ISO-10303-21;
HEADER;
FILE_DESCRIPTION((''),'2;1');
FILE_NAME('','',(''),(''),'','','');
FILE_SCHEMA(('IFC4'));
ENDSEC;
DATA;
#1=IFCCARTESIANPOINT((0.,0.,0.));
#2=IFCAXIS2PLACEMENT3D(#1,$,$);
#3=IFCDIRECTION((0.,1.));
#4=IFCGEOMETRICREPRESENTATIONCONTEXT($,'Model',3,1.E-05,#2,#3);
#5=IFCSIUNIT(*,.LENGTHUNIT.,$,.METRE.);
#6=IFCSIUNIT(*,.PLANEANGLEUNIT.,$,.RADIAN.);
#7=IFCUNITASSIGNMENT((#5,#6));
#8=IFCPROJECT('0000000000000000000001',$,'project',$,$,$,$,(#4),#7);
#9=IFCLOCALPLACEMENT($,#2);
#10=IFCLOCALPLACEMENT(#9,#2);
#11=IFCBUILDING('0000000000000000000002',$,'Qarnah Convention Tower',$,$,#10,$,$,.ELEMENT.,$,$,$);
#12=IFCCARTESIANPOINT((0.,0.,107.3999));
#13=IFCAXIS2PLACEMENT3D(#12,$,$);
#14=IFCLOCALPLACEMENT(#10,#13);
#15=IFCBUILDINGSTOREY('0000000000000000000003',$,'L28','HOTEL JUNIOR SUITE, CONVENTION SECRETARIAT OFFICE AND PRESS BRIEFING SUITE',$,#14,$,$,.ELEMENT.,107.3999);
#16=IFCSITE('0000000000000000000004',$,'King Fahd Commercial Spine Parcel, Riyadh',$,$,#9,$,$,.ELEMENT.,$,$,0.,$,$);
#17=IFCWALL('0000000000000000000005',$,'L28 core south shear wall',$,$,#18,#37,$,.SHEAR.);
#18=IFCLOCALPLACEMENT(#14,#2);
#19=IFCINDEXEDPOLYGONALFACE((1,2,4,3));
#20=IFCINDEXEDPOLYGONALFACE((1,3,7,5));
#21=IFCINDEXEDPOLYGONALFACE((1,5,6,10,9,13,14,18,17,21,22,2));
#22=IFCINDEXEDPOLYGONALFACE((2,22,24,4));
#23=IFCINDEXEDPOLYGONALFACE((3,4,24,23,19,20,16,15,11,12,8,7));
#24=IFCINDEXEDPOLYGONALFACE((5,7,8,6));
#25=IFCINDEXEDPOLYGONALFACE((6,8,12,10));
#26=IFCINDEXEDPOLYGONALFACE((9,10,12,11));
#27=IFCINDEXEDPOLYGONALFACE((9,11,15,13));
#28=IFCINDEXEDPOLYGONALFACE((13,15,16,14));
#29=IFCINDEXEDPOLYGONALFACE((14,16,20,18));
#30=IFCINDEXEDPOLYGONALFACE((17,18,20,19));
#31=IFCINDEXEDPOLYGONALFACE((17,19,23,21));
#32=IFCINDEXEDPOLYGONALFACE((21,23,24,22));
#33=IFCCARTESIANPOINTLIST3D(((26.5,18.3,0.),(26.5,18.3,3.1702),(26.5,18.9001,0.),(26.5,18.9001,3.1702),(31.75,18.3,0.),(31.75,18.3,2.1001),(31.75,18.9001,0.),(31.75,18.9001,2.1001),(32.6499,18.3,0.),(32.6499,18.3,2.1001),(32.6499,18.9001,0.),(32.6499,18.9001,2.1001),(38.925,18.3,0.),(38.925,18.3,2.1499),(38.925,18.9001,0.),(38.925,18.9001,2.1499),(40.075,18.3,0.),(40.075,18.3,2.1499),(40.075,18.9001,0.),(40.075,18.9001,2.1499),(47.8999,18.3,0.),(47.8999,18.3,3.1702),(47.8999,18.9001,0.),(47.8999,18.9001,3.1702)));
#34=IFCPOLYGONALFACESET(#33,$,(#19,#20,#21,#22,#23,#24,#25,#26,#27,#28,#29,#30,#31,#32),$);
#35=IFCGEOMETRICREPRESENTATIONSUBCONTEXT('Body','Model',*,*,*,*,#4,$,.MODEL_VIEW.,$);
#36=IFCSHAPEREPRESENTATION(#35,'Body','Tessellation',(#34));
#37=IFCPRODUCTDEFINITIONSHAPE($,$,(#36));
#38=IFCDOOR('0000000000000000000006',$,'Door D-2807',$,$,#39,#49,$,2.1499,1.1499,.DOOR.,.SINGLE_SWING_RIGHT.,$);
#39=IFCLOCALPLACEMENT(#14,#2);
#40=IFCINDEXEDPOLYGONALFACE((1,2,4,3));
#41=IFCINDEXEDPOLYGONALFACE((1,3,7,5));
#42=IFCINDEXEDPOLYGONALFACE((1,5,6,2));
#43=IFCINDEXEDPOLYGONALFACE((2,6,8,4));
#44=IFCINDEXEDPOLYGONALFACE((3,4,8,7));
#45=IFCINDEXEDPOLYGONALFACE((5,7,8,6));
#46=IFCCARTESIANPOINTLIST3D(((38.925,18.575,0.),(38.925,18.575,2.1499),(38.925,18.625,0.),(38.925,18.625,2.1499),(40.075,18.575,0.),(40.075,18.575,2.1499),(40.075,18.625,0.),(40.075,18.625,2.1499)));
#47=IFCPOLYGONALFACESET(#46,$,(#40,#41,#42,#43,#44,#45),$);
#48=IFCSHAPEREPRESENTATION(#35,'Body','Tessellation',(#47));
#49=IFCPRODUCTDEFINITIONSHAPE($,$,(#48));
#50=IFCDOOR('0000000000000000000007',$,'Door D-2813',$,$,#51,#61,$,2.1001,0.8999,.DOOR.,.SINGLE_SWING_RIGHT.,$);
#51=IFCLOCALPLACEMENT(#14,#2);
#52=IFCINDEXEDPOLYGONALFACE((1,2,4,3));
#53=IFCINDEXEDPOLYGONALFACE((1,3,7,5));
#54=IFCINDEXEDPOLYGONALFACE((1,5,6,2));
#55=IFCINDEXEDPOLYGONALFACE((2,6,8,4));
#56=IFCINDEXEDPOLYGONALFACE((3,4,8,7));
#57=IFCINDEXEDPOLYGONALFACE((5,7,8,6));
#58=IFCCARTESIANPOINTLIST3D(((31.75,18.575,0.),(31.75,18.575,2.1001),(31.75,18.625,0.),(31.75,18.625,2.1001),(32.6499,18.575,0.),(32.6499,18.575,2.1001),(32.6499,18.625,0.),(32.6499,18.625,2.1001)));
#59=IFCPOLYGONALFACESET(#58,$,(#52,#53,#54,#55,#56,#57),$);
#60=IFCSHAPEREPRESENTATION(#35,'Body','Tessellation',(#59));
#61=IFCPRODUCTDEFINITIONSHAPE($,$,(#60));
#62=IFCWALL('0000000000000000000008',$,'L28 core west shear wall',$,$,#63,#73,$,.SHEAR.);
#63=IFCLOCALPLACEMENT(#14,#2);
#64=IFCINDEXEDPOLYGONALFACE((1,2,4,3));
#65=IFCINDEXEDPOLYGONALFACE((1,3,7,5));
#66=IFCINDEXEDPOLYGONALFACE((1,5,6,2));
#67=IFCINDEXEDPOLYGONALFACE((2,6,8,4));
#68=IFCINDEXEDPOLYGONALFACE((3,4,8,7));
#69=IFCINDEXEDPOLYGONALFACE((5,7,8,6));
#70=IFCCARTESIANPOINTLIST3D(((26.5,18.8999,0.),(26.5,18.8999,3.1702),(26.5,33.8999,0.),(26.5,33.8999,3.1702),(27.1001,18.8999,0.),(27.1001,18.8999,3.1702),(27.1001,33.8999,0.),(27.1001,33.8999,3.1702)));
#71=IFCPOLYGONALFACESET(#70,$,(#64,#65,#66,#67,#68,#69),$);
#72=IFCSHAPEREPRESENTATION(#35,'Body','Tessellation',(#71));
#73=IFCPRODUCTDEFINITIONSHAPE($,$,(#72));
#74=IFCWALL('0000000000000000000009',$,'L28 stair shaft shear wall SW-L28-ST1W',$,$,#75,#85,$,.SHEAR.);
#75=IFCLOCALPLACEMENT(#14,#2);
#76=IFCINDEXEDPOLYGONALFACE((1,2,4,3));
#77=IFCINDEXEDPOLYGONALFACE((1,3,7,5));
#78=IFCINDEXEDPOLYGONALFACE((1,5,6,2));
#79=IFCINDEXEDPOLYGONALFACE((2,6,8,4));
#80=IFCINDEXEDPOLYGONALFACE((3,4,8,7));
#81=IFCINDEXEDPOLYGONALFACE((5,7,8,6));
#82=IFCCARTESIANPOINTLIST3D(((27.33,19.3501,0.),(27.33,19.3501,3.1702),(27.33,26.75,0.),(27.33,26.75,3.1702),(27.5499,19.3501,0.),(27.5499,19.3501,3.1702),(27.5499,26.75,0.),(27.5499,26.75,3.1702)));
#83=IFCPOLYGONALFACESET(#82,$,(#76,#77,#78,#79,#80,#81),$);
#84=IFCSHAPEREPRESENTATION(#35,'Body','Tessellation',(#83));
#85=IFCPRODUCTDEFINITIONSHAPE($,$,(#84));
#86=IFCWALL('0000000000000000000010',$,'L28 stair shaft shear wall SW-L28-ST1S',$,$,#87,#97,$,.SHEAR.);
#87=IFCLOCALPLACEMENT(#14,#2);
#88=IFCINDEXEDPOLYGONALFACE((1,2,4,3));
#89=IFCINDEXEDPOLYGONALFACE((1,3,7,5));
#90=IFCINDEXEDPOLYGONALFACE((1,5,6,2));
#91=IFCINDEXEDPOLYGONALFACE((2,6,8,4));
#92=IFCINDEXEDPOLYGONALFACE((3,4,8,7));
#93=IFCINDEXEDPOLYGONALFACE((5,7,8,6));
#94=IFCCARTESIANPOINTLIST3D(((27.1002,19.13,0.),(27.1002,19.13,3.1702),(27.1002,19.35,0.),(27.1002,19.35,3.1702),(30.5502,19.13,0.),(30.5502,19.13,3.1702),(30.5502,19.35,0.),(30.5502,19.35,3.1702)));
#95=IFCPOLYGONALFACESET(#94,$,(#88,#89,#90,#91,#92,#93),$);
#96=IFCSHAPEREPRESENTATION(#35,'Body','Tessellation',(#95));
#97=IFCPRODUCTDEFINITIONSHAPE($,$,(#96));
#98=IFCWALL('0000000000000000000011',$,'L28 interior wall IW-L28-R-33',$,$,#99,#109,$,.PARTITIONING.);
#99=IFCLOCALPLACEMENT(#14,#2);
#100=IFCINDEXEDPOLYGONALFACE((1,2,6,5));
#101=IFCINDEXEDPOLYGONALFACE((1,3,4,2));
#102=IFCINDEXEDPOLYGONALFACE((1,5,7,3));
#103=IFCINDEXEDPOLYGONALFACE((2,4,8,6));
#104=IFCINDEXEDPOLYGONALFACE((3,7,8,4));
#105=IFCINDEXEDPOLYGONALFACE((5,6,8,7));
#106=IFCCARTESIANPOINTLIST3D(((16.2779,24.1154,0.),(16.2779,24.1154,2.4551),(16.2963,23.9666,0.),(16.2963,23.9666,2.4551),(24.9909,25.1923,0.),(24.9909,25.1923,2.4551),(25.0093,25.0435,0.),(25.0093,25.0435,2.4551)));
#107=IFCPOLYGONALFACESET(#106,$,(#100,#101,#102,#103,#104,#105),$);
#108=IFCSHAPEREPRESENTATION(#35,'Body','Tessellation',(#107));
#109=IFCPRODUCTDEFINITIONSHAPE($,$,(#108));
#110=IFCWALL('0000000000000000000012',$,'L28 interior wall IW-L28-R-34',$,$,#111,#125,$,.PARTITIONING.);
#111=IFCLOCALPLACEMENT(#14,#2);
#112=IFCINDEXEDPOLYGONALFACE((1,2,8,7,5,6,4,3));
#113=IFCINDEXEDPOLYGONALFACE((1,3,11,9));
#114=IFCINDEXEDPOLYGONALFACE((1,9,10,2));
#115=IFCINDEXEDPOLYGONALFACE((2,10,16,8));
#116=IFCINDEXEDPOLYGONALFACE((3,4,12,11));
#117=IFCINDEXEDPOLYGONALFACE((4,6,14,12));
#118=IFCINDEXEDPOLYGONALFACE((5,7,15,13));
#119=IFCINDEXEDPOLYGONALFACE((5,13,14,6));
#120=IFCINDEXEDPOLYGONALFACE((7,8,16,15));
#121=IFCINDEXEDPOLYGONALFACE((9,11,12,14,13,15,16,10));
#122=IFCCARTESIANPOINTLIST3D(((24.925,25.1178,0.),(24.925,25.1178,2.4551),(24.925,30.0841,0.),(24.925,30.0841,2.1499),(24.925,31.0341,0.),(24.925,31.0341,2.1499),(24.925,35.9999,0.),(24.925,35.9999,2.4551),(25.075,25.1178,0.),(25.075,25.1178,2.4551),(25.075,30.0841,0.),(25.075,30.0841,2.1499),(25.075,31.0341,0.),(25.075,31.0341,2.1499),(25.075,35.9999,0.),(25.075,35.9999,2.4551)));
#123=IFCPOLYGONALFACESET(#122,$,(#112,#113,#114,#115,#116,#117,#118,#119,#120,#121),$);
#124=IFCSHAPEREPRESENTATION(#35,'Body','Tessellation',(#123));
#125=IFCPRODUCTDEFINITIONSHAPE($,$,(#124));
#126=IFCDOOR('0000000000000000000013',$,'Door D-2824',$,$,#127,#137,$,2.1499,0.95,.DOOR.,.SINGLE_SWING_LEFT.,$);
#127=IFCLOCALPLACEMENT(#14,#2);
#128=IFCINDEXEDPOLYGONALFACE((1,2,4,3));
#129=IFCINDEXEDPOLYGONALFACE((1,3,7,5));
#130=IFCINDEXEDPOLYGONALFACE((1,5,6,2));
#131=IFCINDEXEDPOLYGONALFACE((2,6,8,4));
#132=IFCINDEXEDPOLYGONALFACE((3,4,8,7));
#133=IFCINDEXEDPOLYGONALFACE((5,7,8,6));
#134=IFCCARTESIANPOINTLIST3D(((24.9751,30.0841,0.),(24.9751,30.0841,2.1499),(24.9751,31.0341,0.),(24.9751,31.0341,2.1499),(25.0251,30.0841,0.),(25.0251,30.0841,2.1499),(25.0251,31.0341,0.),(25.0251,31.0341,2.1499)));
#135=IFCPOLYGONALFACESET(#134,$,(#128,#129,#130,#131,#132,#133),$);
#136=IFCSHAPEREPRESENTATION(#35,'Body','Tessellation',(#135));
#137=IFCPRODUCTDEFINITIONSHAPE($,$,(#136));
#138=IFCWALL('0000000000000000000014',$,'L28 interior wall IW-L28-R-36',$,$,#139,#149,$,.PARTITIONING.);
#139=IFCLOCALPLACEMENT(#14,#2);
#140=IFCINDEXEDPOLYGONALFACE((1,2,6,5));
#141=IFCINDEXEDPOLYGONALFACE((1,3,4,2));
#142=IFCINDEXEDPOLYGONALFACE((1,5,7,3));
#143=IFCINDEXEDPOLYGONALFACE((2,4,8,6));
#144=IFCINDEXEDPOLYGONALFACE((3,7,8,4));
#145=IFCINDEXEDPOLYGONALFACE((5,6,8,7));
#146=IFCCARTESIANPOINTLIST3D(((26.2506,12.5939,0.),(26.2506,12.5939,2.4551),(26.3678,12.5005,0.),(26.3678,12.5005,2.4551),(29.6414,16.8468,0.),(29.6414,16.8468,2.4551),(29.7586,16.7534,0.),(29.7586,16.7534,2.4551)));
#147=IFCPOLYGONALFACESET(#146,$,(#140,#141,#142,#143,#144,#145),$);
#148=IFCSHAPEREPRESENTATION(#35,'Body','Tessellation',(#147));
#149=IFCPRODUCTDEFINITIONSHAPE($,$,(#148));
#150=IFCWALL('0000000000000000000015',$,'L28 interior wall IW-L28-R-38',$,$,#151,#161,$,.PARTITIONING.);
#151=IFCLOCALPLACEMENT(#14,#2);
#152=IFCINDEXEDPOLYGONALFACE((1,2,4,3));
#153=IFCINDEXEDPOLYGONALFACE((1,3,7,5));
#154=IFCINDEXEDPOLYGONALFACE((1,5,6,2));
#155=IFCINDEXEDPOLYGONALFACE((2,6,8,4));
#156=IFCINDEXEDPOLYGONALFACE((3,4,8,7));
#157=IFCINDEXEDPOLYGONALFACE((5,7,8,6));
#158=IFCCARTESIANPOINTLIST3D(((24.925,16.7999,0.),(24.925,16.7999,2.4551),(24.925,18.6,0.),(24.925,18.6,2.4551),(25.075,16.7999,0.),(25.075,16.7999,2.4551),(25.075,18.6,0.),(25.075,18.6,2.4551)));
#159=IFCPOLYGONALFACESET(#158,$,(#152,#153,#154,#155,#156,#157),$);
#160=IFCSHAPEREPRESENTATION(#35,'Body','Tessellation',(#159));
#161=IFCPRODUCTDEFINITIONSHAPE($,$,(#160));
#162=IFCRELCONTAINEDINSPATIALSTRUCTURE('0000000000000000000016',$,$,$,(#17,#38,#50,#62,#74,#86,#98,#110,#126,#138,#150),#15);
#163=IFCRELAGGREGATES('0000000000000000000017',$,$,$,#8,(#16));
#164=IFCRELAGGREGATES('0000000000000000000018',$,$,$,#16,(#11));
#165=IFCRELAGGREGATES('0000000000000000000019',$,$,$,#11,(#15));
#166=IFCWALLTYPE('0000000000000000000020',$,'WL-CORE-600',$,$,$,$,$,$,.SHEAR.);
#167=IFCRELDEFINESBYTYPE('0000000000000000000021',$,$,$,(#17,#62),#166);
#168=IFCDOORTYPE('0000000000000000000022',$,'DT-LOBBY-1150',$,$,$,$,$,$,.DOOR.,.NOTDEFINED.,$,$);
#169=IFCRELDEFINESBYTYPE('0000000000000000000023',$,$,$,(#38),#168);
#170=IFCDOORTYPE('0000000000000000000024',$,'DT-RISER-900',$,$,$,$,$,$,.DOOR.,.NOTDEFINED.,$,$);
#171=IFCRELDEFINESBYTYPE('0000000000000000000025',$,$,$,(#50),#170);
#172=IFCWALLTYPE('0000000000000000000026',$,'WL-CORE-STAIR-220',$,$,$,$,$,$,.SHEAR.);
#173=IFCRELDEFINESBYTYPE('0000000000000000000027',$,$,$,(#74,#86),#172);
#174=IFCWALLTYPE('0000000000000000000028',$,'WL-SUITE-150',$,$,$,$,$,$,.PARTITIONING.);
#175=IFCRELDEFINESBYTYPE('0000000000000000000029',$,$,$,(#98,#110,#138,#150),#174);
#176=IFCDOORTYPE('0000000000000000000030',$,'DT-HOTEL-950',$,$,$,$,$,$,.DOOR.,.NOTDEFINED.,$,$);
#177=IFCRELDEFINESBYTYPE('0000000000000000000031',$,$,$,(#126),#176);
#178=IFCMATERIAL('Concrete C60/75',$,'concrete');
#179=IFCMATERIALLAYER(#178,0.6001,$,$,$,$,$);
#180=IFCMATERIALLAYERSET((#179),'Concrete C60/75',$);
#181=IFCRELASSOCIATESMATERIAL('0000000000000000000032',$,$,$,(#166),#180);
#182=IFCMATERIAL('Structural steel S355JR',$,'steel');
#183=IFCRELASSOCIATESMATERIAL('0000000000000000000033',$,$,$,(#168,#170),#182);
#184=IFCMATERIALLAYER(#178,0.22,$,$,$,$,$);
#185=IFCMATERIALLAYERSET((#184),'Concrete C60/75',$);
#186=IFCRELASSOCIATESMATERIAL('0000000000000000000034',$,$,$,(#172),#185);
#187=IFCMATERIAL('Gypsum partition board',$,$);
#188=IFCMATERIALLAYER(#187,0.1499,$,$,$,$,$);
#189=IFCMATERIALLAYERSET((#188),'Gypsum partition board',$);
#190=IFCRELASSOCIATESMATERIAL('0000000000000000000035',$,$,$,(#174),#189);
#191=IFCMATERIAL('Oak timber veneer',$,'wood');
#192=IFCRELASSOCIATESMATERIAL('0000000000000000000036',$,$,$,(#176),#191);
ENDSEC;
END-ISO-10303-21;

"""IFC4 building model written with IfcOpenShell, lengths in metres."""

from ifc_helpers import new_model, si_unit, direction, frame, frame_2d, origin, place, context, subcontext, project, spatial, rectangle, extrude, material, layer, layer_set, type_object, element, fill, save


model = new_model("IFC4")

# Units and contexts
model_context = context("Model", 3, precision=1e-05, world=origin(), true_north=direction((0.0, 1.0)))
body_context = subcontext(model_context, "Body", "Model", "MODEL_VIEW")
ifc_project = project(units=[si_unit("LENGTHUNIT", "METRE"), si_unit("PLANEANGLEUNIT", "RADIAN")], contexts=[model_context])

# Site, building, storey
site_placement = place(None, origin())
site = spatial("IfcSite", under=ifc_project, at=site_placement, Name="King Fahd Commercial Spine Parcel, Riyadh", CompositionType="ELEMENT", RefElevation=0.0)
building_placement = place(site_placement, origin())
building = spatial("IfcBuilding", under=site, at=building_placement, Name="Qarnah Convention Tower", CompositionType="ELEMENT")
storey_placement = place(building_placement, frame((0.0, 0.0, 107.3999)))
storey = spatial("IfcBuildingStorey", under=building, at=storey_placement, Name="L28", Description="HOTEL JUNIOR SUITE, CONVENTION SECRETARIAT OFFICE AND PRESS BRIEFING SUITE", CompositionType="ELEMENT", Elevation=107.3999)

# Shared definitions
ifc_material_1 = material(Name="Concrete C60/75", Category="concrete")

# Shared definitions
ifc_material_2 = material(Name="Structural steel S355JR", Category="steel")

# Wall, openings, doors
ifc_layer_1 = layer(ifc_material_1, 0.6001)
ifc_layer_set_1 = layer_set([ifc_layer_1], Name="Concrete C60/75")
wall_type_1 = type_object("IfcWallType", Name="WL-CORE-600", PredefinedType="SHEAR", material=ifc_layer_set_1)
wall_1_placement = place(storey_placement, frame((26.5, 18.6001, 0.0), z_axis=(0.0, 0.0, 1.0), x_axis=(1.0, 0.0, 0.0)))
wall_1 = element("IfcWall", 1, at=wall_1_placement, inside=storey, type_object=wall_type_1, Name="L28 core south shear wall", PredefinedType="SHEAR", context=body_context, shape_type="SweptSolid", body=[
    extrude(rectangle(XDim=21.3999, YDim=0.6001, at=frame_2d((10.7, 0.0))), origin(), (0.0, 0.0, 1.0), 3.1702),
])
opening_1_placement = place(wall_1_placement, frame((12.425, 0.0, 0.0)))
opening_1 = element("IfcOpeningElement", 2, at=opening_1_placement, cuts=wall_1, PredefinedType="OPENING", context=body_context, shape_type="SweptSolid", body=[
    extrude(rectangle(XDim=1.1499, YDim=2.1499, at=frame_2d((0.575, 1.075))), frame((0.0, 0.3101, 0.0), z_axis=(0.0, -1.0, 0.0), x_axis=(1.0, 0.0, 0.0)), (0.0, 0.0, 1.0), 0.6201),
])
opening_2_placement = place(wall_1_placement, frame((5.25, 0.0, 0.0)))
opening_2 = element("IfcOpeningElement", 3, at=opening_2_placement, cuts=wall_1, PredefinedType="OPENING", context=body_context, shape_type="SweptSolid", body=[
    extrude(rectangle(XDim=0.8999, YDim=2.1001, at=frame_2d((0.45, 1.05))), frame((0.0, 0.3101, 0.0), z_axis=(0.0, -1.0, 0.0), x_axis=(1.0, 0.0, 0.0)), (0.0, 0.0, 1.0), 0.6201),
])
door_type_1 = type_object("IfcDoorType", Name="DT-LOBBY-1150", OperationType="NOTDEFINED", PredefinedType="DOOR", material=ifc_material_2)
door_1_placement = place(opening_1_placement, origin())
door_1 = element("IfcDoor", 4, at=door_1_placement, inside=storey, type_object=door_type_1, Name="Door D-2807", OperationType="SINGLE_SWING_RIGHT", OverallHeight=2.1499, OverallWidth=1.1499, PredefinedType="DOOR", context=body_context, shape_type="SweptSolid", body=[
    extrude(rectangle(XDim=1.1499, YDim=2.1499, at=frame_2d((0.575, 1.075))), frame((0.0, 0.0249, 0.0), z_axis=(0.0, -1.0, 0.0), x_axis=(1.0, 0.0, 0.0)), (0.0, 0.0, 1.0), 0.05),
])
fill(opening_1, door_1)
door_type_2 = type_object("IfcDoorType", Name="DT-RISER-900", OperationType="NOTDEFINED", PredefinedType="DOOR", material=ifc_material_2)
door_2_placement = place(opening_2_placement, origin())
door_2 = element("IfcDoor", 5, at=door_2_placement, inside=storey, type_object=door_type_2, Name="Door D-2813", OperationType="SINGLE_SWING_RIGHT", OverallHeight=2.1001, OverallWidth=0.8999, PredefinedType="DOOR", context=body_context, shape_type="SweptSolid", body=[
    extrude(rectangle(XDim=0.8999, YDim=2.1001, at=frame_2d((0.45, 1.05))), frame((0.0, 0.0249, 0.0), z_axis=(0.0, -1.0, 0.0), x_axis=(1.0, 0.0, 0.0)), (0.0, 0.0, 1.0), 0.05),
])
fill(opening_2, door_2)

# Walls
wall_2_placement = place(storey_placement, frame((26.8, 18.8999, 0.0), z_axis=(0.0, 0.0, 1.0), x_axis=(0.0, 1.0, 0.0)))
element("IfcWall", 6, at=wall_2_placement, inside=storey, type_object=wall_type_1, Name="L28 core west shear wall", PredefinedType="SHEAR", context=body_context, shape_type="SweptSolid", body=[
    extrude(rectangle(XDim=15.0, YDim=0.6001, at=frame_2d((7.5, 0.0))), origin(), (0.0, 0.0, 1.0), 3.1702),
])
ifc_layer_2 = layer(ifc_material_1, 0.22)
ifc_layer_set_2 = layer_set([ifc_layer_2], Name="Concrete C60/75")
wall_type_2 = type_object("IfcWallType", Name="WL-CORE-STAIR-220", PredefinedType="SHEAR", material=ifc_layer_set_2)
wall_3_placement = place(storey_placement, frame((27.4399, 19.3501, 0.0), z_axis=(0.0, 0.0, 1.0), x_axis=(0.0, 1.0, 0.0)))
element("IfcWall", 7, at=wall_3_placement, inside=storey, type_object=wall_type_2, Name="L28 stair shaft shear wall SW-L28-ST1W", PredefinedType="SHEAR", context=body_context, shape_type="SweptSolid", body=[
    extrude(rectangle(XDim=7.3999, YDim=0.22, at=frame_2d((3.7, 0.0))), origin(), (0.0, 0.0, 1.0), 3.1702),
])
wall_4_placement = place(storey_placement, frame((27.1001, 19.24, 0.0), z_axis=(0.0, 0.0, 1.0), x_axis=(1.0, 0.0, 0.0)))
element("IfcWall", 8, at=wall_4_placement, inside=storey, type_object=wall_type_2, Name="L28 stair shaft shear wall SW-L28-ST1S", PredefinedType="SHEAR", context=body_context, shape_type="SweptSolid", body=[
    extrude(rectangle(XDim=3.45, YDim=0.22, at=frame_2d((1.7251, 0.0))), origin(), (0.0, 0.0, 1.0), 3.1702),
])
ifc_material_3 = material(Name="Gypsum partition board")
ifc_layer_3 = layer(ifc_material_3, 0.1499)
ifc_layer_set_3 = layer_set([ifc_layer_3], Name="Gypsum partition board")
wall_type_3 = type_object("IfcWallType", Name="WL-SUITE-150", PredefinedType="PARTITIONING", material=ifc_layer_set_3)
wall_5_placement = place(storey_placement, frame((16.2871, 24.041, 0.0), z_axis=(0.0, 0.0, 1.0), x_axis=(0.992448, 0.122666, 0.0)))
element("IfcWall", 9, at=wall_5_placement, inside=storey, type_object=wall_type_3, Name="L28 interior wall IW-L28-R-33", PredefinedType="PARTITIONING", context=body_context, shape_type="SweptSolid", body=[
    extrude(rectangle(XDim=8.7793, YDim=0.1499, at=frame_2d((4.3896, 0.0))), origin(), (0.0, 0.0, 1.0), 2.4551),
])

# Wall, opening, door
wall_6_placement = place(storey_placement, frame((25.0, 25.1179, 0.0), z_axis=(0.0, 0.0, 1.0), x_axis=(0.0, 1.0, 0.0)))
wall_6 = element("IfcWall", 10, at=wall_6_placement, inside=storey, type_object=wall_type_3, Name="L28 interior wall IW-L28-R-34", PredefinedType="PARTITIONING", context=body_context, shape_type="SweptSolid", body=[
    extrude(rectangle(XDim=10.8821, YDim=0.1499, at=frame_2d((5.4409, 0.0))), origin(), (0.0, 0.0, 1.0), 2.4551),
])
opening_3_placement = place(wall_6_placement, frame((4.9661, 0.0, 0.0)))
opening_3 = element("IfcOpeningElement", 11, at=opening_3_placement, cuts=wall_6, PredefinedType="OPENING", context=body_context, shape_type="SweptSolid", body=[
    extrude(rectangle(XDim=0.95, YDim=2.1499, at=frame_2d((0.4751, 1.075))), frame((0.0, 0.085, 0.0), z_axis=(0.0, -1.0, 0.0), x_axis=(1.0, 0.0, 0.0)), (0.0, 0.0, 1.0), 0.1699),
])
ifc_material_4 = material(Name="Oak timber veneer", Category="wood")
door_type_3 = type_object("IfcDoorType", Name="DT-HOTEL-950", OperationType="NOTDEFINED", PredefinedType="DOOR", material=ifc_material_4)
door_3_placement = place(opening_3_placement, origin())
door_3 = element("IfcDoor", 12, at=door_3_placement, inside=storey, type_object=door_type_3, Name="Door D-2824", OperationType="SINGLE_SWING_LEFT", OverallHeight=2.1499, OverallWidth=0.95, PredefinedType="DOOR", context=body_context, shape_type="SweptSolid", body=[
    extrude(rectangle(XDim=0.95, YDim=2.1499, at=frame_2d((0.4751, 1.075))), frame((0.0, 0.0249, 0.0), z_axis=(0.0, -1.0, 0.0), x_axis=(1.0, 0.0, 0.0)), (0.0, 0.0, 1.0), 0.05),
])
fill(opening_3, door_3)

# Walls
wall_7_placement = place(storey_placement, frame((26.3091, 12.5471, 0.0), z_axis=(0.0, 0.0, 1.0), x_axis=(0.623408, 0.781897, 0.0)))
element("IfcWall", 13, at=wall_7_placement, inside=storey, type_object=wall_type_3, Name="L28 interior wall IW-L28-R-36", PredefinedType="PARTITIONING", context=body_context, shape_type="SweptSolid", body=[
    extrude(rectangle(XDim=5.4392, YDim=0.1499, at=frame_2d((2.7197, 0.0))), origin(), (0.0, 0.0, 1.0), 2.4551),
])
wall_8_placement = place(storey_placement, frame((25.0, 16.8, 0.0), z_axis=(0.0, 0.0, 1.0), x_axis=(0.0, 1.0, 0.0)))
element("IfcWall", 14, at=wall_8_placement, inside=storey, type_object=wall_type_3, Name="L28 interior wall IW-L28-R-38", PredefinedType="PARTITIONING", context=body_context, shape_type="SweptSolid", body=[
    extrude(rectangle(XDim=1.8, YDim=0.1499, at=frame_2d((0.8999, 0.0))), origin(), (0.0, 0.0, 1.0), 2.4551),
])

save(model, "model.ifc")
